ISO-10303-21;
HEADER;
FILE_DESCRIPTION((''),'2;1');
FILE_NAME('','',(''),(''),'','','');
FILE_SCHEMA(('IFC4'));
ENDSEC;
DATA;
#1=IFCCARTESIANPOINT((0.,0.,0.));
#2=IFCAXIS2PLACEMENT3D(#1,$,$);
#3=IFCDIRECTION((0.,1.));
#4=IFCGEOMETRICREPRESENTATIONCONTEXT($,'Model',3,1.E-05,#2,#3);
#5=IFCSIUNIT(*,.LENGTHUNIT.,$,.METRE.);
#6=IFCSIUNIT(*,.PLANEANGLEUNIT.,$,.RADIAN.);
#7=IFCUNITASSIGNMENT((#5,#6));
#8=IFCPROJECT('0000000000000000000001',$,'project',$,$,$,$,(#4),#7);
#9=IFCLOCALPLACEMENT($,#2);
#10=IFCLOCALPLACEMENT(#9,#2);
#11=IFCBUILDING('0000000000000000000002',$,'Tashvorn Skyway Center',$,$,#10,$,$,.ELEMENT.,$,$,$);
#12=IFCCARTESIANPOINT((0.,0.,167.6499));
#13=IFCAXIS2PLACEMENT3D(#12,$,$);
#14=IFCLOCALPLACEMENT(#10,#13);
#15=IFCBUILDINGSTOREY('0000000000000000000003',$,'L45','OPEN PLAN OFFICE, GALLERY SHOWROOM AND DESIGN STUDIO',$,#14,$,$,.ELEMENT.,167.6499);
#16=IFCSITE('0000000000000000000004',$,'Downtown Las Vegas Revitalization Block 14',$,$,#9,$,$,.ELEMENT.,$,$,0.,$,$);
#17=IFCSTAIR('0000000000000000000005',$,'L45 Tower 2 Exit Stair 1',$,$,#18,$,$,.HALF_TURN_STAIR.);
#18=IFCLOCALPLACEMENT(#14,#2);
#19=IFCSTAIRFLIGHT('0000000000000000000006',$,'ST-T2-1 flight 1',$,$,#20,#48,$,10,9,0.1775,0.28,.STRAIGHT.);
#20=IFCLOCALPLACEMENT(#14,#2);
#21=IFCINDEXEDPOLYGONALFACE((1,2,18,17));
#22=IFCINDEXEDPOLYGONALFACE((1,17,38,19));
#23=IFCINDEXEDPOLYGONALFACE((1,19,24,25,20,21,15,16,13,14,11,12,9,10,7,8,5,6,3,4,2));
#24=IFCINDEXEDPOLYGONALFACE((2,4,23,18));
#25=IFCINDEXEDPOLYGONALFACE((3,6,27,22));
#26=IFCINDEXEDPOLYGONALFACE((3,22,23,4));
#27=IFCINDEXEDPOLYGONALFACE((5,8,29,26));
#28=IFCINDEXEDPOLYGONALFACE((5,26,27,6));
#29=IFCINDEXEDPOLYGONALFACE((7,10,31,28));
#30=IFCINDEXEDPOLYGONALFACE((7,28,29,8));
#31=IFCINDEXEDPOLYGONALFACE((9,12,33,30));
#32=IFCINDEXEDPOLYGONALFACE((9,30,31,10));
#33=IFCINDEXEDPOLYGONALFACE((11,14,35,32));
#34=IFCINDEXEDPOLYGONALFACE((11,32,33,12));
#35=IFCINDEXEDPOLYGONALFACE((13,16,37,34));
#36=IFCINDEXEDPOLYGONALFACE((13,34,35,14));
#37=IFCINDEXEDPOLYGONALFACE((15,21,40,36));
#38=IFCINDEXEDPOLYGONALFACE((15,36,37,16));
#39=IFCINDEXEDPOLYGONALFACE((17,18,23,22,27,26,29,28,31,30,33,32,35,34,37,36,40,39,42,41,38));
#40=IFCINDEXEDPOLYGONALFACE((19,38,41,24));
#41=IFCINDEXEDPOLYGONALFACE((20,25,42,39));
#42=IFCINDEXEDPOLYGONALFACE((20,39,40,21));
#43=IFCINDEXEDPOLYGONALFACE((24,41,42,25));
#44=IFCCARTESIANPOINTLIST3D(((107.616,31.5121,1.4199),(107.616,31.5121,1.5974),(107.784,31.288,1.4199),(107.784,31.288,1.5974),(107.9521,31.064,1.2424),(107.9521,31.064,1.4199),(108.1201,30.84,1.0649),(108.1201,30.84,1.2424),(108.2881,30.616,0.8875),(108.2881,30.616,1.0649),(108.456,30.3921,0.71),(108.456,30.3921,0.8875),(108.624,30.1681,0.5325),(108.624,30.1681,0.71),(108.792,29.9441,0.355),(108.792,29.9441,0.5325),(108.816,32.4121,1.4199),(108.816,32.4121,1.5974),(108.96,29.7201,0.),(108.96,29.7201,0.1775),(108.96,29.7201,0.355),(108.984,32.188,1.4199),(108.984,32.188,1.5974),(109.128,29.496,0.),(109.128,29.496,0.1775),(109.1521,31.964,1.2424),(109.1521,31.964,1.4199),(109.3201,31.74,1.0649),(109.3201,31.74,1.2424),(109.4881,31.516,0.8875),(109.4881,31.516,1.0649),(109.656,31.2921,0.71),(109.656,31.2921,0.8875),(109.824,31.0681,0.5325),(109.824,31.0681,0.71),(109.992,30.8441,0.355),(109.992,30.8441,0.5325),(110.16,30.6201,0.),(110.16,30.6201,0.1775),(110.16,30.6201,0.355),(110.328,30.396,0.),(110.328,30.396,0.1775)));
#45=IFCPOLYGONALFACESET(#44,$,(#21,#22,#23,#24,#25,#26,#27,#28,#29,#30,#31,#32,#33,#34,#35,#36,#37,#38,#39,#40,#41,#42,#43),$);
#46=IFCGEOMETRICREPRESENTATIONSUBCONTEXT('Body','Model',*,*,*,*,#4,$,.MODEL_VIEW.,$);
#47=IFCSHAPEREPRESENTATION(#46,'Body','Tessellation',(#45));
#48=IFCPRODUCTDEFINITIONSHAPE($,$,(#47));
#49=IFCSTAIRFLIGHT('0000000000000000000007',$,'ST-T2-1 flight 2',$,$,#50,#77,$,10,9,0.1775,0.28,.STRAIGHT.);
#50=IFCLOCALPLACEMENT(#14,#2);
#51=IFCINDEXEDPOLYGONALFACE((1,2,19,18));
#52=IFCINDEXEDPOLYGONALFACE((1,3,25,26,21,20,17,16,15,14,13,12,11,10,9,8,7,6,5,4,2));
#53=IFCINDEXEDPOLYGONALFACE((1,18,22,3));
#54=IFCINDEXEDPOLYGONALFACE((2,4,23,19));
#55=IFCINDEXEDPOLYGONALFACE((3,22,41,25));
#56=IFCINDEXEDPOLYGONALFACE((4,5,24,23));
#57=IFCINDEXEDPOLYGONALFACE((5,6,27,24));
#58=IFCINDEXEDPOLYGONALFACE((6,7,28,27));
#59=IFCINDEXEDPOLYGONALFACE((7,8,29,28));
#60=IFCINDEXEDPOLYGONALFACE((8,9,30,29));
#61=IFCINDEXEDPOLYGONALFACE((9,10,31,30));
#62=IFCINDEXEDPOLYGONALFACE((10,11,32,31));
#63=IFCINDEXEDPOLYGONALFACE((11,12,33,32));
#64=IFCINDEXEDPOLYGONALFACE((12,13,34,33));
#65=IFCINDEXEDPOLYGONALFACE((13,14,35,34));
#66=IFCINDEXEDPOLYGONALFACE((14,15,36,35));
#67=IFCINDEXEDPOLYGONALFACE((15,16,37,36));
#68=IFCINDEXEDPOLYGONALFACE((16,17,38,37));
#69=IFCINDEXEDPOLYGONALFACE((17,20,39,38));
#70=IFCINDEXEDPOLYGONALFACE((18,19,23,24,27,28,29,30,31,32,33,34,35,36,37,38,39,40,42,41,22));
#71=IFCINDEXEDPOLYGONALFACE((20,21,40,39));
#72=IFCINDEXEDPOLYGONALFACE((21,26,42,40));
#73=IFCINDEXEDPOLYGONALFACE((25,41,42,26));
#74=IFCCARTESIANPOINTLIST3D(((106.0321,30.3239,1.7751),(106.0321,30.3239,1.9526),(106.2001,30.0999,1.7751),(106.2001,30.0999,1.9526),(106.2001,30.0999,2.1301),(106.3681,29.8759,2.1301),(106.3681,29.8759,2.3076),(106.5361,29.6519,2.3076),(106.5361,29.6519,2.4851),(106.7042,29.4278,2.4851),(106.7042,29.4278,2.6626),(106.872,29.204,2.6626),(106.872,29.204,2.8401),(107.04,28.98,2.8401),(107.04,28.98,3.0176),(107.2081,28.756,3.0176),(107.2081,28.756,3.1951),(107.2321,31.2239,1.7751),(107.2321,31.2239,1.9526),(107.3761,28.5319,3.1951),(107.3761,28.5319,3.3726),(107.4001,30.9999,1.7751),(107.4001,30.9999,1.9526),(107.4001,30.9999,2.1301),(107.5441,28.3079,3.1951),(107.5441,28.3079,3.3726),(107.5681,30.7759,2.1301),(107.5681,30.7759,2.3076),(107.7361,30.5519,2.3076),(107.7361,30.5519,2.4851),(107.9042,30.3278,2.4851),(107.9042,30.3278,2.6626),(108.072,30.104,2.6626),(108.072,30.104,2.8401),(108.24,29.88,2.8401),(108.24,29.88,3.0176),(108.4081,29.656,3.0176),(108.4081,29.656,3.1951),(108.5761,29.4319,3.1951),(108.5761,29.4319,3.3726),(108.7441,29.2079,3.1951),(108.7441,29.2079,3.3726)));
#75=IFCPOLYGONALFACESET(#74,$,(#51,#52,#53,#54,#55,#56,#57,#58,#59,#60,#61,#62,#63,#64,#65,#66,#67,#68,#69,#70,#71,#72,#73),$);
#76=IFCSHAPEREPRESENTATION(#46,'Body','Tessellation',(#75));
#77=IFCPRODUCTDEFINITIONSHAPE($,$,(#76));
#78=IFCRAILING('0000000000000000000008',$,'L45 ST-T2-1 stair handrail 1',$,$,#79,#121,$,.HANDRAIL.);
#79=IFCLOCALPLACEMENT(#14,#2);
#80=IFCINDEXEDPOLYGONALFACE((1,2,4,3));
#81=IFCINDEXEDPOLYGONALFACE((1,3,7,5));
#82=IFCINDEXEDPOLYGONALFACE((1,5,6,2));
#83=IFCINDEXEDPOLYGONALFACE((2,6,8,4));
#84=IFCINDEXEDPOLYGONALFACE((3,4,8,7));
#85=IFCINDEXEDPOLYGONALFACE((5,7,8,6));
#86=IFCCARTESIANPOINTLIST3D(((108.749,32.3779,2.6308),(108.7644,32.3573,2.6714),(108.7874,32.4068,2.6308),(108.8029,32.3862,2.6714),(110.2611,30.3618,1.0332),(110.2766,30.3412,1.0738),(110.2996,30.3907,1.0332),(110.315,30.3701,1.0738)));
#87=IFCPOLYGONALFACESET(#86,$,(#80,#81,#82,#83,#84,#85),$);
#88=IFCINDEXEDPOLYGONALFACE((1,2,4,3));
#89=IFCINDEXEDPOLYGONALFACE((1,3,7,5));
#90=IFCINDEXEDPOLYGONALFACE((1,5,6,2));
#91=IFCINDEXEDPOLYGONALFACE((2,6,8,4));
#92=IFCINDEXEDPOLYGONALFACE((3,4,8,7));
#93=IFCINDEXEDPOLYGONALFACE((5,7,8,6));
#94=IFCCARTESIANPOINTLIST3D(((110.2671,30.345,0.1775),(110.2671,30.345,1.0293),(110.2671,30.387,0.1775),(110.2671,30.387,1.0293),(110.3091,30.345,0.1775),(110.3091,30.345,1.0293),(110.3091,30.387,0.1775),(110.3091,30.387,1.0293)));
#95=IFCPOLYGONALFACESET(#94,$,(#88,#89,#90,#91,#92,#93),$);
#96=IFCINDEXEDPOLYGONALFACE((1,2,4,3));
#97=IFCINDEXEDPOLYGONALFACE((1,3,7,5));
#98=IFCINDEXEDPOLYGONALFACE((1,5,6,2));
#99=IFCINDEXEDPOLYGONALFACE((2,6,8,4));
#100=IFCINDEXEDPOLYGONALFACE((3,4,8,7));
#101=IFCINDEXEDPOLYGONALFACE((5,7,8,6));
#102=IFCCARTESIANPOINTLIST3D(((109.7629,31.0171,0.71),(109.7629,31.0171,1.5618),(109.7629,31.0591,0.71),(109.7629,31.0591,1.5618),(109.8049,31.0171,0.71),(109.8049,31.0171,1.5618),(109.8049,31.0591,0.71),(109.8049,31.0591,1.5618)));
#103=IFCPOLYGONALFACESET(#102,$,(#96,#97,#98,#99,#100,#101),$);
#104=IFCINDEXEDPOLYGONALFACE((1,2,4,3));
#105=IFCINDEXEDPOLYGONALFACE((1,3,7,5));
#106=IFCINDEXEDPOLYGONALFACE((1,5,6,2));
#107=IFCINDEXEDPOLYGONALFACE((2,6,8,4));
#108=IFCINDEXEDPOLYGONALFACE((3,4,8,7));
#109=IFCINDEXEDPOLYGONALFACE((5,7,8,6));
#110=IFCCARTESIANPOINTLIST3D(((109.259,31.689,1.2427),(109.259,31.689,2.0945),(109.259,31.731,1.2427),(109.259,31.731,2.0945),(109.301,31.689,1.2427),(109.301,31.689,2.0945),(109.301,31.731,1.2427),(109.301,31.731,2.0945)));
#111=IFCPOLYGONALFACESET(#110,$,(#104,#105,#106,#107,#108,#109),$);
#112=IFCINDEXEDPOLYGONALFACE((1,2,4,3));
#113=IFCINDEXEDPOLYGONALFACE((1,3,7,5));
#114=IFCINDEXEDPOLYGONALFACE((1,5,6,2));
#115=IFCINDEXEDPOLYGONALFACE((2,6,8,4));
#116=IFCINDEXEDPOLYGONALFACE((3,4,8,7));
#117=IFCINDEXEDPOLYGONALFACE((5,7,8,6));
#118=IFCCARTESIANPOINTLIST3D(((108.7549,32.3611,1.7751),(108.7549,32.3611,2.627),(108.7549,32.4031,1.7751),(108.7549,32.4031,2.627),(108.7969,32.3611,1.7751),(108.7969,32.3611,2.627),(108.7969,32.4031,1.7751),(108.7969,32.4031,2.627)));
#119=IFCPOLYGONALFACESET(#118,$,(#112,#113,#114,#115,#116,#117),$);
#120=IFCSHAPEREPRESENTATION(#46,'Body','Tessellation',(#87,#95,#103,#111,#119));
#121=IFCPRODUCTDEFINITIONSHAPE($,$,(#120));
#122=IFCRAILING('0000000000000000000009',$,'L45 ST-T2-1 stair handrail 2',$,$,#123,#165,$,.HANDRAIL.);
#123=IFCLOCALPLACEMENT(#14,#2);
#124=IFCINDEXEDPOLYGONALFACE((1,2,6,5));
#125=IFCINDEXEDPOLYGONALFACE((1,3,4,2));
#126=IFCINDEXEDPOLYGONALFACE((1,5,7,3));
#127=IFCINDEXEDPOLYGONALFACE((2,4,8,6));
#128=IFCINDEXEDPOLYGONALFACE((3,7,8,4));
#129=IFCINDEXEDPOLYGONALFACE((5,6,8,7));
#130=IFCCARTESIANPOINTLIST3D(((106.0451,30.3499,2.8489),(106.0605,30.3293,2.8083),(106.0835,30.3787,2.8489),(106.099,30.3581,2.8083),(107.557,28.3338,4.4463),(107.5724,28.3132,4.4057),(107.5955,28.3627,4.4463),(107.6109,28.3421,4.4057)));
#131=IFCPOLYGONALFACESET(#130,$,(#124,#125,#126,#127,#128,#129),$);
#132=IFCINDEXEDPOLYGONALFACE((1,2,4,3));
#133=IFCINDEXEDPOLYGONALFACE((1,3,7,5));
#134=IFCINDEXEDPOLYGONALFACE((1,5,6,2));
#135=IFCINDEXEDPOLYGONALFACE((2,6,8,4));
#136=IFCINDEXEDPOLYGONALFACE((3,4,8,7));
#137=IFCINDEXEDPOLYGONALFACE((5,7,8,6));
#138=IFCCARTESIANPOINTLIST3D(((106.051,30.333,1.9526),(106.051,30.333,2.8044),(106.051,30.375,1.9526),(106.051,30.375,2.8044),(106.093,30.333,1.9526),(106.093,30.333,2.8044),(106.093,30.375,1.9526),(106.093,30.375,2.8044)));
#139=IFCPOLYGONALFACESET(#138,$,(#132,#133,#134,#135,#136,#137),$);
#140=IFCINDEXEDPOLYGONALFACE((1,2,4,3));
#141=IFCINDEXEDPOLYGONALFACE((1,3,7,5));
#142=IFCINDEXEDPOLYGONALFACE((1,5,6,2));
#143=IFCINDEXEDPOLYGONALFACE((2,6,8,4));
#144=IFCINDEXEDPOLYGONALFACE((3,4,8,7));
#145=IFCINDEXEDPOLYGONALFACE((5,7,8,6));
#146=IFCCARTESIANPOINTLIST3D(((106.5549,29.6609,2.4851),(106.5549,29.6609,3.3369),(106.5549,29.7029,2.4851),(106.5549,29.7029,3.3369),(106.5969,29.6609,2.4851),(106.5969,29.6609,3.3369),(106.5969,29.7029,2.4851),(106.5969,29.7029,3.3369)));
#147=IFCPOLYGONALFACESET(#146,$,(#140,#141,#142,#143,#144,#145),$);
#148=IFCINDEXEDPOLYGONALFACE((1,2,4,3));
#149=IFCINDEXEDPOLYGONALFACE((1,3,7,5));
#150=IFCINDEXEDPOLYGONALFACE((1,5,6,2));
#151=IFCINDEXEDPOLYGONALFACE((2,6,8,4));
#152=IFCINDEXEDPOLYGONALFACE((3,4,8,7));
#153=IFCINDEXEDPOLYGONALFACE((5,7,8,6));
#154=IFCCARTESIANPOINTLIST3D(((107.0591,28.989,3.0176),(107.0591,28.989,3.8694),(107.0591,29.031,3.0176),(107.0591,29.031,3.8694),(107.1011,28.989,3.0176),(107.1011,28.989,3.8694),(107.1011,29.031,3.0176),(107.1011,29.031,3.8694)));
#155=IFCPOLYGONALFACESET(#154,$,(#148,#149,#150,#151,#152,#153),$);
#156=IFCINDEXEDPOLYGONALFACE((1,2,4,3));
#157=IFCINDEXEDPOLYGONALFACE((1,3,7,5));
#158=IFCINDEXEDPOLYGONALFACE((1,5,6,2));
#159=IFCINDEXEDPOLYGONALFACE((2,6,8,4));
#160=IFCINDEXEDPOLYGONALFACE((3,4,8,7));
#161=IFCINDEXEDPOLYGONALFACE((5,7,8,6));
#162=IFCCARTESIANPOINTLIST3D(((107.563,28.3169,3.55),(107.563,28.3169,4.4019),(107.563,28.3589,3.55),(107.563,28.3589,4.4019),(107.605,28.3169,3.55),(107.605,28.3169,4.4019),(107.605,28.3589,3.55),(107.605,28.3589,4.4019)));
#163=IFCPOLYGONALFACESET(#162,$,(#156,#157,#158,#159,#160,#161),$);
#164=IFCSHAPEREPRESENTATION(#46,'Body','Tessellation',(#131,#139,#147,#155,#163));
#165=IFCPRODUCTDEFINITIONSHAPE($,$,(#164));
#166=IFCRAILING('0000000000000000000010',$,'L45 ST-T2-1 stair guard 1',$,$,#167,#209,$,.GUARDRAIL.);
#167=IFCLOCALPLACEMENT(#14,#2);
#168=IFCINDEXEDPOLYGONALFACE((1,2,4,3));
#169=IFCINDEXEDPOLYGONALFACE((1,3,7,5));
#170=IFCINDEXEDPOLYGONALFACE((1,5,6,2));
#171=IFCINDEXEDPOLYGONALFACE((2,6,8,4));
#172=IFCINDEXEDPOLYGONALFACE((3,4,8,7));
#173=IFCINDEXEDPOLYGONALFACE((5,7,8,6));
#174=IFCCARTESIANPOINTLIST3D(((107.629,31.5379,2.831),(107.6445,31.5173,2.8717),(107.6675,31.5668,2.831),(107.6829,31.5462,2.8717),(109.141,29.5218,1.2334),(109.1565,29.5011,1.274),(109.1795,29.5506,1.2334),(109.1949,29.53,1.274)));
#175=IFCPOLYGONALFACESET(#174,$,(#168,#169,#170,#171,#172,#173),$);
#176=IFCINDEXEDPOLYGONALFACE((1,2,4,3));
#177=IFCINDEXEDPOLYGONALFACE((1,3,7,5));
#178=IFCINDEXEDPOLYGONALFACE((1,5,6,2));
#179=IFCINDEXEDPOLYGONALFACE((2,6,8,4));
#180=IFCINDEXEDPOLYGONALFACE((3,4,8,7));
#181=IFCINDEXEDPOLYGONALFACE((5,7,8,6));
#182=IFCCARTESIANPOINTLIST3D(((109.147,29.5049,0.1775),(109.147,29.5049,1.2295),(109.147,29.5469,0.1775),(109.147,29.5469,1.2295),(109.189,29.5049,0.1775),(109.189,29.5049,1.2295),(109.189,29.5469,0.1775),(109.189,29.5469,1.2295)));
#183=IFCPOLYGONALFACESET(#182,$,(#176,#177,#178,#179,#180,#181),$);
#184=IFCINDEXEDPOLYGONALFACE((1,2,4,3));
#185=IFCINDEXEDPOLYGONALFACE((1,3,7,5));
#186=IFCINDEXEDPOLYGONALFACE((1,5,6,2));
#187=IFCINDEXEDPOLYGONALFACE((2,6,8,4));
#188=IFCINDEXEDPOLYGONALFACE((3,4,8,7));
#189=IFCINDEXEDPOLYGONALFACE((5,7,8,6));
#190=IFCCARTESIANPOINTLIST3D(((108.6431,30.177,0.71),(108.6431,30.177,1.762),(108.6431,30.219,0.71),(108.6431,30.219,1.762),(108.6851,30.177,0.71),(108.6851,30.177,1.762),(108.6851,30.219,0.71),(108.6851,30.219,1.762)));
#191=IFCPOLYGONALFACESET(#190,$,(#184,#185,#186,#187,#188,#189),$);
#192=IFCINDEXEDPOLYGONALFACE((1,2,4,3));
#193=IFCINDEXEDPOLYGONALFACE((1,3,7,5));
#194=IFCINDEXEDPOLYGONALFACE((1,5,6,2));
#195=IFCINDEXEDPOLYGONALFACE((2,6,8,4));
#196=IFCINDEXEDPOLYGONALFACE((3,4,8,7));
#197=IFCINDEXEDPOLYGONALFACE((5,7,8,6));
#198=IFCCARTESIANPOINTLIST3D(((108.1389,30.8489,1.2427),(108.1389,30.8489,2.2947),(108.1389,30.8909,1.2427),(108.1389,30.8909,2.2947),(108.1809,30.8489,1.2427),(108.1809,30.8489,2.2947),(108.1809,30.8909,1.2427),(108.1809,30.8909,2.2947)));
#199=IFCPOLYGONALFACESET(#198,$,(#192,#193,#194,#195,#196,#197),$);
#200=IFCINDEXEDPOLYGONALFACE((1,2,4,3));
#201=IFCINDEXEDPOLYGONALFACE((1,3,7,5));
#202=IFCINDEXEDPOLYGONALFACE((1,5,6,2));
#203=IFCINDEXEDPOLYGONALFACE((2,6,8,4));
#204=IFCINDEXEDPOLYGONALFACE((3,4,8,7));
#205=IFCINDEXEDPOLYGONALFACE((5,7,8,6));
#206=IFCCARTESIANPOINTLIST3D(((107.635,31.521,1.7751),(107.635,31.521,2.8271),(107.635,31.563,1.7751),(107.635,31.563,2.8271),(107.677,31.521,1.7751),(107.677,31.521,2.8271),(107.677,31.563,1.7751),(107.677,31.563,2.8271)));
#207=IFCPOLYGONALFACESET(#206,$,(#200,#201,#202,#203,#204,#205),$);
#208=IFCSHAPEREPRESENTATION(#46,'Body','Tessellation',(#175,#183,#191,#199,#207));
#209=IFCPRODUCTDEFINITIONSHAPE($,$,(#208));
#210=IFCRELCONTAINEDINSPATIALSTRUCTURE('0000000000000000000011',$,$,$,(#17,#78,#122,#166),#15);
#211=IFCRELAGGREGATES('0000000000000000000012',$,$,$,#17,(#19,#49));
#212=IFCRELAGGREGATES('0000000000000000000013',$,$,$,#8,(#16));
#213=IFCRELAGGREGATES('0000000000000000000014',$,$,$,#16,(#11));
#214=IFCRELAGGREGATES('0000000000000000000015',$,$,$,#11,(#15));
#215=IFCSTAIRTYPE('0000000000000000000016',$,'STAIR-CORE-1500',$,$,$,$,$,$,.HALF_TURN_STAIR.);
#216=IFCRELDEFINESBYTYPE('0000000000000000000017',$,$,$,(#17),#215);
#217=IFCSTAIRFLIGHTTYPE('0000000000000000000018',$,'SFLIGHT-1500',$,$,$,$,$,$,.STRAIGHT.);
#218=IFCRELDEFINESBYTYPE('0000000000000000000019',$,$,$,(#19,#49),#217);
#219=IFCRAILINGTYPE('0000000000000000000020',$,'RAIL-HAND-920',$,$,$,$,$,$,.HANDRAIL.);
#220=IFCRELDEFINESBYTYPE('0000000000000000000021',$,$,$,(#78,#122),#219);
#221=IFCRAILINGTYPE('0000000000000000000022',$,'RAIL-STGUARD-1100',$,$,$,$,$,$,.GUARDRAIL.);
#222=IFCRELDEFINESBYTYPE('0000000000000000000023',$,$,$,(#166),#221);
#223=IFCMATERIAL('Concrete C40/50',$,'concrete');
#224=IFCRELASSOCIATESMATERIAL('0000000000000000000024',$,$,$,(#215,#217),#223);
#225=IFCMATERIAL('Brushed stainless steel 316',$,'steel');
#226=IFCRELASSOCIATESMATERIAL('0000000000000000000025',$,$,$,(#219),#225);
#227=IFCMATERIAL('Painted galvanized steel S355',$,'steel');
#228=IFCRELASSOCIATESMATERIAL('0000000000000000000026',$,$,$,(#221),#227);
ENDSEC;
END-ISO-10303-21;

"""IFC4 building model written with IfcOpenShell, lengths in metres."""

from ifc_helpers import new_model, si_unit, direction, frame, origin, origin_2d, place, context, subcontext, project, spatial, polyline, rectangle, outline, extrude, material, type_object, element, aggregate, save


model = new_model("IFC4")

# Units and contexts
model_context = context("Model", 3, precision=1e-05, world=origin(), true_north=direction((0.0, 1.0)))
body_context = subcontext(model_context, "Body", "Model", "MODEL_VIEW")
ifc_project = project(units=[si_unit("LENGTHUNIT", "METRE"), si_unit("PLANEANGLEUNIT", "RADIAN")], contexts=[model_context])

# Site, building, storey
site_placement = place(None, origin())
site = spatial("IfcSite", under=ifc_project, at=site_placement, Name="Downtown Las Vegas Revitalization Block 14", CompositionType="ELEMENT", RefElevation=0.0)
building_placement = place(site_placement, origin())
building = spatial("IfcBuilding", under=site, at=building_placement, Name="Tashvorn Skyway Center", CompositionType="ELEMENT")
storey_placement = place(building_placement, frame((0.0, 0.0, 167.6499)))
storey = spatial("IfcBuildingStorey", under=building, at=storey_placement, Name="L45", Description="OPEN PLAN OFFICE, GALLERY SHOWROOM AND DESIGN STUDIO", CompositionType="ELEMENT", Elevation=167.6499)

# Shared definitions
ifc_material_1 = material(Name="Concrete C40/50", Category="concrete")

# Stair, stair flights
stair_type = type_object("IfcStairType", Name="STAIR-CORE-1500", PredefinedType="HALF_TURN_STAIR", material=ifc_material_1)
stair_placement = place(storey_placement, origin())
stair = element("IfcStair", 1, at=stair_placement, inside=storey, type_object=stair_type, Name="L45 Tower 2 Exit Stair 1", PredefinedType="HALF_TURN_STAIR")
stair_flight_type = type_object("IfcStairFlightType", Name="SFLIGHT-1500", PredefinedType="STRAIGHT", material=ifc_material_1)
stair_flight_1_placement = place(storey_placement, frame((109.728, 29.946, 0.0), z_axis=(0.0, 0.0, 1.0), x_axis=(-0.6, 0.8, 0.0)))
stair_flight_1 = element("IfcStairFlight", 2, at=stair_flight_1_placement, type_object=stair_flight_type, Name="ST-T2-1 flight 1", NumberOfRisers=10, NumberOfTreads=9, PredefinedType="STRAIGHT", RiserHeight=0.1775, TreadLength=0.28, context=body_context, shape_type="SweptSolid", body=[
    extrude(outline(polyline([(0.0, 0.0), (0.0, 0.1775), (0.28, 0.1775), (0.28, 0.355), (0.5601, 0.355), (0.5601, 0.5325), (0.8401, 0.5325), (0.8401, 0.71), (1.1201, 0.71), (1.1201, 0.8875), (1.3999, 0.8875), (1.3999, 1.0649), (1.6799, 1.0649), (1.6799, 1.2424), (1.96, 1.2424), (1.96, 1.4199), (2.24, 1.4199), (2.24, 1.5974), (2.52, 1.5974), (2.52, 1.7749), (2.52, 1.4199), (0.28, 0.0), (0.0, 0.0)])), frame((0.0, 0.75, 0.0), z_axis=(0.0, -1.0, 0.0), x_axis=(1.0, 0.0, 0.0)), (0.0, 0.0, 1.0), 1.5),
])
stair_flight_2_placement = place(storey_placement, frame((106.6321, 30.7739, 1.7751), z_axis=(0.0, 0.0, 1.0), x_axis=(0.6, -0.8, 0.0)))
stair_flight_2 = element("IfcStairFlight", 3, at=stair_flight_2_placement, type_object=stair_flight_type, Name="ST-T2-1 flight 2", NumberOfRisers=10, NumberOfTreads=9, PredefinedType="STRAIGHT", RiserHeight=0.1775, TreadLength=0.28, context=body_context, shape_type="SweptSolid", body=[
    extrude(outline(polyline([(0.0, 0.0), (0.0, 0.1775), (0.28, 0.1775), (0.28, 0.355), (0.5601, 0.355), (0.5601, 0.5325), (0.8401, 0.5325), (0.8401, 0.71), (1.1201, 0.71), (1.1201, 0.8875), (1.3999, 0.8875), (1.3999, 1.0649), (1.6799, 1.0649), (1.6799, 1.2424), (1.96, 1.2424), (1.96, 1.4199), (2.24, 1.4199), (2.24, 1.5974), (2.52, 1.5974), (2.52, 1.7749), (2.52, 1.4199), (0.28, 0.0), (0.0, 0.0)])), frame((0.0, 0.75, 0.0), z_axis=(0.0, -1.0, 0.0), x_axis=(1.0, 0.0, 0.0)), (0.0, 0.0, 1.0), 1.5),
])
aggregate(stair, [stair_flight_1, stair_flight_2])

# Railings
ifc_material_2 = material(Name="Brushed stainless steel 316", Category="steel")
railing_type_1 = type_object("IfcRailingType", Name="RAIL-HAND-920", PredefinedType="HANDRAIL", material=ifc_material_2)
railing_1_placement = place(storey_placement, frame((110.2881, 30.366, 0.1775)))
element("IfcRailing", 4, at=railing_1_placement, inside=storey, type_object=railing_type_1, Name="L45 ST-T2-1 stair handrail 1", PredefinedType="HANDRAIL", context=body_context, shape_type="SweptSolid", body=[
    extrude(rectangle(XDim=0.0481, YDim=0.0481, at=origin_2d()), frame((0.0, 0.0, 0.876), z_axis=(-0.506779, 0.675651, 0.535416), x_axis=(-0.799977, -0.600031, 0.0)), (0.0, 0.0, 1.0), 2.9839),
    extrude(rectangle(XDim=0.042, YDim=0.042, at=origin_2d()), origin(), (0.0, 0.0, 1.0), 0.8518),
    extrude(rectangle(XDim=0.042, YDim=0.042, at=origin_2d()), frame((-0.5042, 0.6721, 0.5325)), (0.0, 0.0, 1.0), 0.8518),
    extrude(rectangle(XDim=0.042, YDim=0.042, at=origin_2d()), frame((-1.0081, 1.344, 1.0652)), (0.0, 0.0, 1.0), 0.8518),
    extrude(rectangle(XDim=0.042, YDim=0.042, at=origin_2d()), frame((-1.5122, 2.0161, 1.5977)), (0.0, 0.0, 1.0), 0.8518),
])
railing_2_placement = place(storey_placement, frame((106.072, 30.354, 1.9526)))
element("IfcRailing", 5, at=railing_2_placement, inside=storey, type_object=railing_type_1, Name="L45 ST-T2-1 stair handrail 2", PredefinedType="HANDRAIL", context=body_context, shape_type="SweptSolid", body=[
    extrude(rectangle(XDim=0.0481, YDim=0.0481, at=origin_2d()), frame((0.0, 0.0, 0.876), z_axis=(0.506741, -0.675709, 0.535379), x_axis=(0.800023, 0.599969, 0.0)), (0.0, 0.0, 1.0), 2.9836),
    extrude(rectangle(XDim=0.042, YDim=0.042, at=origin_2d()), origin(), (0.0, 0.0, 1.0), 0.8518),
    extrude(rectangle(XDim=0.042, YDim=0.042, at=origin_2d()), frame((0.5039, -0.6721, 0.5325)), (0.0, 0.0, 1.0), 0.8518),
    extrude(rectangle(XDim=0.042, YDim=0.042, at=origin_2d()), frame((1.0081, -1.344, 1.0649)), (0.0, 0.0, 1.0), 0.8518),
    extrude(rectangle(XDim=0.042, YDim=0.042, at=origin_2d()), frame((1.512, -2.0161, 1.5974)), (0.0, 0.0, 1.0), 0.8518),
])
ifc_material_3 = material(Name="Painted galvanized steel S355", Category="steel")
railing_type_2 = type_object("IfcRailingType", Name="RAIL-STGUARD-1100", PredefinedType="GUARDRAIL", material=ifc_material_3)
railing_3_placement = place(storey_placement, frame((109.168, 29.5259, 0.1775)))
element("IfcRailing", 6, at=railing_3_placement, inside=storey, type_object=railing_type_2, Name="L45 ST-T2-1 stair guard 1", PredefinedType="GUARDRAIL", context=body_context, shape_type="SweptSolid", body=[
    extrude(rectangle(XDim=0.0481, YDim=0.0481, at=origin_2d()), frame((0.0, 0.0, 1.0762), z_axis=(-0.506719, 0.675679, 0.535438), x_axis=(-0.800023, -0.599969, 0.0)), (0.0, 0.0, 1.0), 2.9839),
    extrude(rectangle(XDim=0.042, YDim=0.042, at=origin_2d()), origin(), (0.0, 0.0, 1.0), 1.052),
    extrude(rectangle(XDim=0.042, YDim=0.042, at=origin_2d()), frame((-0.5039, 0.6721, 0.5325)), (0.0, 0.0, 1.0), 1.052),
    extrude(rectangle(XDim=0.042, YDim=0.042, at=origin_2d()), frame((-1.0081, 1.344, 1.0652)), (0.0, 0.0, 1.0), 1.052),
    extrude(rectangle(XDim=0.042, YDim=0.042, at=origin_2d()), frame((-1.512, 2.0161, 1.5977)), (0.0, 0.0, 1.0), 1.052),
])

save(model, "model.ifc")
